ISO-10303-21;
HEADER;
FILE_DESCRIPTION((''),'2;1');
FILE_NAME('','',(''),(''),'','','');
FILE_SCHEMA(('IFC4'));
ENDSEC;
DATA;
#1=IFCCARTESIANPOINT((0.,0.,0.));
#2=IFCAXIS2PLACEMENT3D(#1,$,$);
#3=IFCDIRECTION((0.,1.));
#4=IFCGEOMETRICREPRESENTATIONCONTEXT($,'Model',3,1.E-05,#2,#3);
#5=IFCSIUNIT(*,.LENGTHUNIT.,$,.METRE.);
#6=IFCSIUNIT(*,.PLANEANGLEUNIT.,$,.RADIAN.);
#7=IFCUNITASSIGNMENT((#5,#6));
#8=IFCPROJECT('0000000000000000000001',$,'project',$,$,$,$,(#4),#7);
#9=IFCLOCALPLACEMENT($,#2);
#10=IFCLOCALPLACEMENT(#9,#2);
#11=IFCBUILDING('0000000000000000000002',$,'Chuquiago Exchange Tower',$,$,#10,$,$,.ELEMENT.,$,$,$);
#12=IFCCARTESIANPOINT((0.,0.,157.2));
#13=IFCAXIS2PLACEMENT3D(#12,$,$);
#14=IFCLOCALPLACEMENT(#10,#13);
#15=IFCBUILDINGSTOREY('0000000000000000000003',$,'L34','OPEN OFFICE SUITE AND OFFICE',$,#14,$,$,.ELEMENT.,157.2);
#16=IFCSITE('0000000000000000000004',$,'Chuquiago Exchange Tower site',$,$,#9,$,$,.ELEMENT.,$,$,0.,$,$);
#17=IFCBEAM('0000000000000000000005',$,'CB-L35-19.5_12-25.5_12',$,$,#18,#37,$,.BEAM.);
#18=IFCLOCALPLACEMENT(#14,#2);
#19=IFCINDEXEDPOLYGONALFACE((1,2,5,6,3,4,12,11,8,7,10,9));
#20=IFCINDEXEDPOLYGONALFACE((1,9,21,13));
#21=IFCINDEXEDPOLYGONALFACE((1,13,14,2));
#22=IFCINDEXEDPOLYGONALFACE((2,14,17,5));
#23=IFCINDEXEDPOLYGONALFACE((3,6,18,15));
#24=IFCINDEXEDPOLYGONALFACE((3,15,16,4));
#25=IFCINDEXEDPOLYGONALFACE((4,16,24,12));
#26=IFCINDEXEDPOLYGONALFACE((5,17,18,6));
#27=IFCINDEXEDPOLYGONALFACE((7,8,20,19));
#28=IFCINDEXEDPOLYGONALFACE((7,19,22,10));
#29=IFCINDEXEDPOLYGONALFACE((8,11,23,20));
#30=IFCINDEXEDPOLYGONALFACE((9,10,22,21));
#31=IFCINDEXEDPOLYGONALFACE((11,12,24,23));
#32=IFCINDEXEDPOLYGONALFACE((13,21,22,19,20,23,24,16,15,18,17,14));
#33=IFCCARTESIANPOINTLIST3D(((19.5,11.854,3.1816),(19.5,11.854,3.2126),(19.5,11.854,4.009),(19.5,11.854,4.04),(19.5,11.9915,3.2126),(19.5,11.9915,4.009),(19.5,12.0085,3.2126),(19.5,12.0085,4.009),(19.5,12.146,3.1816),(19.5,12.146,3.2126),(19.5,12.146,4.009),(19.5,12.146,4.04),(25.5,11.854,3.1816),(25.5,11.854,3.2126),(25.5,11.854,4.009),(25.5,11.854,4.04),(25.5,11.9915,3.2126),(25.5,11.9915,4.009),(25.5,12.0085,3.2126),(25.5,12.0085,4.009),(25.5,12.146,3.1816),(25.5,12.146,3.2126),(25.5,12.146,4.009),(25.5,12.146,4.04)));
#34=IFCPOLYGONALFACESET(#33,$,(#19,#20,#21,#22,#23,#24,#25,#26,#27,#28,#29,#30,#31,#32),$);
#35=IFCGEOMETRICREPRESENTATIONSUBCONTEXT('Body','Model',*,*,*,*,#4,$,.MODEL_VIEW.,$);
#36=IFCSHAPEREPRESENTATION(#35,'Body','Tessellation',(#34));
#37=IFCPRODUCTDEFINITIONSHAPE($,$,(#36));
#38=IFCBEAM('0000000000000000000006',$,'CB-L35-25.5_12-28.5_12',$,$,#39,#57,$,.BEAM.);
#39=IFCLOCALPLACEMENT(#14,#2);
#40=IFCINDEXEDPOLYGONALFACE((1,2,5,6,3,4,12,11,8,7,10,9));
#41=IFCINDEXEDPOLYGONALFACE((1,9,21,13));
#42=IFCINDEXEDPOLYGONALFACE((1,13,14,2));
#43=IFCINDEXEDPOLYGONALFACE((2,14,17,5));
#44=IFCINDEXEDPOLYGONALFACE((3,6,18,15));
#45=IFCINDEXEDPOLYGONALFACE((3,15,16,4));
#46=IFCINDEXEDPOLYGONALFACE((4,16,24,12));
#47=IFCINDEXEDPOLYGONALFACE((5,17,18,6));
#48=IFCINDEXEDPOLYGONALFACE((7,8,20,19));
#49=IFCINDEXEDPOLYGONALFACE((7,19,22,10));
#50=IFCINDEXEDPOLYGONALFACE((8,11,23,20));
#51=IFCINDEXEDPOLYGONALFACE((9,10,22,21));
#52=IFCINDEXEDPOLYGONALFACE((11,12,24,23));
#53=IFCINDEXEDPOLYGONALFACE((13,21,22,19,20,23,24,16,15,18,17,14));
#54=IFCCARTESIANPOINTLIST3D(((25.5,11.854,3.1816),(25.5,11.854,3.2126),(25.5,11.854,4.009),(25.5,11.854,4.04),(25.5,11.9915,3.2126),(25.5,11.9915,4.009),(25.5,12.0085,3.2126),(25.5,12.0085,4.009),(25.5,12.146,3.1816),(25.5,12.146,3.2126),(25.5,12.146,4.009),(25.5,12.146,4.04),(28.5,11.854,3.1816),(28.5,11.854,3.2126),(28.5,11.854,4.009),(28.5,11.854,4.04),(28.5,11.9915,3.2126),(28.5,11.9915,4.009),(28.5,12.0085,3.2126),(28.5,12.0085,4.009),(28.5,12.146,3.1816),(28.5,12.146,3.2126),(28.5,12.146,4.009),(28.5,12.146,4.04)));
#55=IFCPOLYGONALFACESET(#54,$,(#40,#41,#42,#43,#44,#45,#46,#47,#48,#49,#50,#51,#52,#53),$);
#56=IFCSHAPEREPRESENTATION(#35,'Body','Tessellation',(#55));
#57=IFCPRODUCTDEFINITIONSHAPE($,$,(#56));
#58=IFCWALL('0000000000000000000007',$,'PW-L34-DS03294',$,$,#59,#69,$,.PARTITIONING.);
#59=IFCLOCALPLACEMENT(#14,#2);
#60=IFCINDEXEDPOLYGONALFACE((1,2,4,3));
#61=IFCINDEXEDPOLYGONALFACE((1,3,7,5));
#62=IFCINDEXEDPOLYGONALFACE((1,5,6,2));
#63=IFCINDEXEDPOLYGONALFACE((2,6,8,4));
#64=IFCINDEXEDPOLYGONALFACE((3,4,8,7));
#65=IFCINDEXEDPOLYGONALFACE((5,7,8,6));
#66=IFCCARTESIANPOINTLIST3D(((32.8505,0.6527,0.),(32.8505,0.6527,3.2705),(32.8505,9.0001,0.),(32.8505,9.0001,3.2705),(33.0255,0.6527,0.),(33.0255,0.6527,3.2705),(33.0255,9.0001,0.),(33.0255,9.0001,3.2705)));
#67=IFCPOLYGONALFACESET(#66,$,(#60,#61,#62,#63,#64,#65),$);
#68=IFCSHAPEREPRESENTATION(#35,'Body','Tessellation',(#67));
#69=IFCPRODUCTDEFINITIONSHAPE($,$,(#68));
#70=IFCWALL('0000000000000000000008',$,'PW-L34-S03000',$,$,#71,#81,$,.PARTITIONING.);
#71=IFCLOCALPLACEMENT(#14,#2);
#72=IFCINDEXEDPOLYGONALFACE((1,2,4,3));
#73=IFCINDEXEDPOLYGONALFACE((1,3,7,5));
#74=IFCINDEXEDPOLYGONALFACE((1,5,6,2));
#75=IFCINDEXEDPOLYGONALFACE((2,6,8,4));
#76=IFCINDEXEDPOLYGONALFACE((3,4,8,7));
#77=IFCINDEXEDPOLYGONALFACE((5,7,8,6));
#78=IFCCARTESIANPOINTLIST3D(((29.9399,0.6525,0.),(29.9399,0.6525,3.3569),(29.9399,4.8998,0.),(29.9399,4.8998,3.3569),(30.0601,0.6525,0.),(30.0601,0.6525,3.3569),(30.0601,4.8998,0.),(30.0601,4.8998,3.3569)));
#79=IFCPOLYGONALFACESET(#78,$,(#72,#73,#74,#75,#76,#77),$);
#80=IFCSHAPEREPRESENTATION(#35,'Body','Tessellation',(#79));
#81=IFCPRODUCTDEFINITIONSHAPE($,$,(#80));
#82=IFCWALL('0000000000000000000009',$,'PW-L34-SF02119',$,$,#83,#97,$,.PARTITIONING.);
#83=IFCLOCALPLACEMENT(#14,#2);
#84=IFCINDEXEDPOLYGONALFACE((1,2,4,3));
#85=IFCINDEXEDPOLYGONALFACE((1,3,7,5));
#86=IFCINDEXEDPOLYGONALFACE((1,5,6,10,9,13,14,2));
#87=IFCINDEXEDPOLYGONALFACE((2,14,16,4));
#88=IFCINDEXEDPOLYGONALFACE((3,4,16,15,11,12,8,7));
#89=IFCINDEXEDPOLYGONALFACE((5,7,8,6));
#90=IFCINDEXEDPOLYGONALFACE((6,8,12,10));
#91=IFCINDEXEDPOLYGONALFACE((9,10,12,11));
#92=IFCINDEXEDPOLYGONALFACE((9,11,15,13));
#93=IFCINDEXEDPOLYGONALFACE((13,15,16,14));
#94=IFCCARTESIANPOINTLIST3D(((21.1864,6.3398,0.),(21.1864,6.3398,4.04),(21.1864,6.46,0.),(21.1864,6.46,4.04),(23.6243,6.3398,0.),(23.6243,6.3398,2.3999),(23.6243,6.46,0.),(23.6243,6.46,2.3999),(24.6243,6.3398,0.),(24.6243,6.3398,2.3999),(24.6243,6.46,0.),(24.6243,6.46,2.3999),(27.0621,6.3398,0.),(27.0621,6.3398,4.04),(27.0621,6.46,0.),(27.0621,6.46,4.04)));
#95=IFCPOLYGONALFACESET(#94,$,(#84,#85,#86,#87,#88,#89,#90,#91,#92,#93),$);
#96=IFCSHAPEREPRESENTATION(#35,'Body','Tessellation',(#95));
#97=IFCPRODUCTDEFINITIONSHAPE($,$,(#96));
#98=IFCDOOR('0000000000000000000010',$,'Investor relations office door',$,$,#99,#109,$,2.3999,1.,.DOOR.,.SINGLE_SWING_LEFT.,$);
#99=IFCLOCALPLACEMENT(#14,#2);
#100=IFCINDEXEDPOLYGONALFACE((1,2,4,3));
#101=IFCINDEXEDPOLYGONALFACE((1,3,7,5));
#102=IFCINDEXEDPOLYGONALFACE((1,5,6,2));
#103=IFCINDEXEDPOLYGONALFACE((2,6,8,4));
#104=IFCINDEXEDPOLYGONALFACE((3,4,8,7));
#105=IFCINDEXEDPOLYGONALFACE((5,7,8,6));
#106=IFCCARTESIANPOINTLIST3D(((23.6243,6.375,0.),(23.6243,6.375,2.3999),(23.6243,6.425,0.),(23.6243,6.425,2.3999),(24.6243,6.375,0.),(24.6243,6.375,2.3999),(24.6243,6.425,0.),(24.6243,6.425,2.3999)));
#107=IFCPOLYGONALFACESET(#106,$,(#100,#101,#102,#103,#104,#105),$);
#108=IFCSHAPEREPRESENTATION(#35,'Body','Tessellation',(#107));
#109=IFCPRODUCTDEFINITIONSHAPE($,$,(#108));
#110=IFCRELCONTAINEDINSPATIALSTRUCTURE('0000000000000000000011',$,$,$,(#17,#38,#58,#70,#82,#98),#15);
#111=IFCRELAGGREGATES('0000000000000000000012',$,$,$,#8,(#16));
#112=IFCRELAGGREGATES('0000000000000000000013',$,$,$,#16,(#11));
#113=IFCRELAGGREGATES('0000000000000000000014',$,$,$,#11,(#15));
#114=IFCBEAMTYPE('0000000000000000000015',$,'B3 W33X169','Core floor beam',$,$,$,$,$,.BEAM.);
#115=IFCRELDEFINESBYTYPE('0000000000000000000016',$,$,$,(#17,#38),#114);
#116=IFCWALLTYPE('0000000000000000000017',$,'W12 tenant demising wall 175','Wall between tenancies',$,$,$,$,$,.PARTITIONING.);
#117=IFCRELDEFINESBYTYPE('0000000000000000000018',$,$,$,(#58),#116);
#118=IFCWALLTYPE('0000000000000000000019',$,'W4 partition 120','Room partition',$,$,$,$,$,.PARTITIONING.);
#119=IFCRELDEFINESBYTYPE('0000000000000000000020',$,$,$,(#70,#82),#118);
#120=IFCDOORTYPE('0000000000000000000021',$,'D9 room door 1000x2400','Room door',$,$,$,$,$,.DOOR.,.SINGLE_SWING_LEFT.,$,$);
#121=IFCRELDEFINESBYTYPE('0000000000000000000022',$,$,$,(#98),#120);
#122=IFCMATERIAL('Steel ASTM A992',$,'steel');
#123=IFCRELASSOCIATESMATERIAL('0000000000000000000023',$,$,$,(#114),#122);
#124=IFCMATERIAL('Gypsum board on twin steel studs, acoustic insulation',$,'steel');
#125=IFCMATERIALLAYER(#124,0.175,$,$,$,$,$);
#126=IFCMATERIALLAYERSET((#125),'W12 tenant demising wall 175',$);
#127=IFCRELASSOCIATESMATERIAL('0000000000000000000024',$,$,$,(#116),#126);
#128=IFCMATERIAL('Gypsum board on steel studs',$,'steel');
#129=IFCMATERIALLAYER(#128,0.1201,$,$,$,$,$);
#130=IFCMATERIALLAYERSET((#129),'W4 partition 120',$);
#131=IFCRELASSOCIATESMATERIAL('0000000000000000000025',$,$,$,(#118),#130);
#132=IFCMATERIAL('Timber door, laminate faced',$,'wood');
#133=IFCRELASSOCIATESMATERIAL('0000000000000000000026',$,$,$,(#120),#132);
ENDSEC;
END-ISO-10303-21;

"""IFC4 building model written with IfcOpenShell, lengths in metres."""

from ifc_helpers import new_model, si_unit, direction, frame, frame_2d, origin, origin_2d, place, context, subcontext, project, spatial, rectangle, i_section, extrude, material, layer, layer_set, material_profile, profile_set, type_object, element, fill, save


model = new_model("IFC4")

# Units and contexts
model_context = context("Model", 3, precision=1e-05, world=origin(), true_north=direction((0.0, 1.0)))
body_context = subcontext(model_context, "Body", "Model", "MODEL_VIEW")
ifc_project = project(units=[si_unit("LENGTHUNIT", "METRE"), si_unit("PLANEANGLEUNIT", "RADIAN")], contexts=[model_context])

# Site, building, storey
site_placement = place(None, origin())
site = spatial("IfcSite", under=ifc_project, at=site_placement, Name="Chuquiago Exchange Tower site", CompositionType="ELEMENT", RefElevation=0.0)
building_placement = place(site_placement, origin())
building = spatial("IfcBuilding", under=site, at=building_placement, Name="Chuquiago Exchange Tower", CompositionType="ELEMENT")
storey_placement = place(building_placement, frame((0.0, 0.0, 157.2)))
storey = spatial("IfcBuildingStorey", under=building, at=storey_placement, Name="L34", Description="OPEN OFFICE SUITE AND OFFICE", CompositionType="ELEMENT", Elevation=157.2)

# Beams
ifc_material_1 = material(Name="Steel ASTM A992", Category="steel")
ifc_material_profile_1 = material_profile(ifc_material_1, i_section(OverallWidth=0.292, OverallDepth=0.8584, WebThickness=0.0171, FlangeThickness=0.031, at=origin_2d()), Name="W33X169")
ifc_profile_set_1 = profile_set([ifc_material_profile_1], Name="Steel ASTM A992")
beam_type_1 = type_object("IfcBeamType", Name="B3 W33X169", Description="Core floor beam", PredefinedType="BEAM", material=ifc_profile_set_1)
beam_1_placement = place(storey_placement, frame((19.5, 12.0, 3.6108), z_axis=(1.0, 0.0, 0.0), x_axis=(0.0, 1.0, 0.0)))
element("IfcBeam", 1, at=beam_1_placement, inside=storey, type_object=beam_type_1, Name="CB-L35-19.5_12-25.5_12", PredefinedType="BEAM", context=body_context, shape_type="SweptSolid", body=[
    extrude(i_section(OverallWidth=0.292, OverallDepth=0.8584, WebThickness=0.0171, FlangeThickness=0.031, at=origin_2d()), origin(), (0.0, 0.0, 1.0), 6.0),
])
beam_2_placement = place(storey_placement, frame((25.5, 12.0, 3.6108), z_axis=(1.0, 0.0, 0.0), x_axis=(0.0, 1.0, 0.0)))
element("IfcBeam", 2, at=beam_2_placement, inside=storey, type_object=beam_type_1, Name="CB-L35-25.5_12-28.5_12", PredefinedType="BEAM", context=body_context, shape_type="SweptSolid", body=[
    extrude(i_section(OverallWidth=0.292, OverallDepth=0.8584, WebThickness=0.0171, FlangeThickness=0.031, at=origin_2d()), origin(), (0.0, 0.0, 1.0), 3.0),
])

# Walls
ifc_material_2 = material(Name="Gypsum board on twin steel studs, acoustic insulation", Category="steel")
ifc_layer_1 = layer(ifc_material_2, 0.175)
ifc_layer_set_1 = layer_set([ifc_layer_1], Name="W12 tenant demising wall 175")
wall_type_1 = type_object("IfcWallType", Name="W12 tenant demising wall 175", Description="Wall between tenancies", PredefinedType="PARTITIONING", material=ifc_layer_set_1)
wall_1_placement = place(storey_placement, frame((32.938, 0.6526, 0.0), z_axis=(0.0, 0.0, 1.0), x_axis=(0.0, 1.0, 0.0)))
element("IfcWall", 3, at=wall_1_placement, inside=storey, type_object=wall_type_1, Name="PW-L34-DS03294", PredefinedType="PARTITIONING", context=body_context, shape_type="SweptSolid", body=[
    extrude(rectangle(XDim=8.3474, YDim=0.175, at=frame_2d((4.1738, 0.0))), origin(), (0.0, 0.0, 1.0), 3.2705),
])
ifc_material_3 = material(Name="Gypsum board on steel studs", Category="steel")
ifc_layer_2 = layer(ifc_material_3, 0.1201)
ifc_layer_set_2 = layer_set([ifc_layer_2], Name="W4 partition 120")
wall_type_2 = type_object("IfcWallType", Name="W4 partition 120", Description="Room partition", PredefinedType="PARTITIONING", material=ifc_layer_set_2)
wall_2_placement = place(storey_placement, frame((30.0, 0.6526, 0.0), z_axis=(0.0, 0.0, 1.0), x_axis=(0.0, 1.0, 0.0)))
element("IfcWall", 4, at=wall_2_placement, inside=storey, type_object=wall_type_2, Name="PW-L34-S03000", PredefinedType="PARTITIONING", context=body_context, shape_type="SweptSolid", body=[
    extrude(rectangle(XDim=4.2473, YDim=0.1201, at=frame_2d((2.1235, 0.0))), origin(), (0.0, 0.0, 1.0), 3.3569),
])

# Wall, opening, door
wall_3_placement = place(storey_placement, frame((21.1863, 6.3999, 0.0), z_axis=(0.0, 0.0, 1.0), x_axis=(1.0, 0.0, 0.0)))
wall_3 = element("IfcWall", 5, at=wall_3_placement, inside=storey, type_object=wall_type_2, Name="PW-L34-SF02119", PredefinedType="PARTITIONING", context=body_context, shape_type="SweptSolid", body=[
    extrude(rectangle(XDim=5.8757, YDim=0.1201, at=frame_2d((2.938, 0.0))), origin(), (0.0, 0.0, 1.0), 4.04),
])
opening_1_placement = place(wall_3_placement, frame((2.438, 0.0, 0.0)))
opening_1 = element("IfcOpeningElement", 6, at=opening_1_placement, cuts=wall_3, PredefinedType="OPENING", context=body_context, shape_type="SweptSolid", body=[
    extrude(rectangle(XDim=1.0, YDim=2.3999, at=frame_2d((0.5, 1.2))), frame((0.0, 0.0701, 0.0), z_axis=(0.0, -1.0, 0.0), x_axis=(1.0, 0.0, 0.0)), (0.0, 0.0, 1.0), 0.1401),
])
ifc_material_4 = material(Name="Timber door, laminate faced", Category="wood")
door_type = type_object("IfcDoorType", Name="D9 room door 1000x2400", Description="Room door", OperationType="SINGLE_SWING_LEFT", PredefinedType="DOOR", material=ifc_material_4)
door_1_placement = place(opening_1_placement, frame((1.0, 0.0, 0.0), z_axis=(0.0, 0.0, 1.0), x_axis=(-1.0, 0.0, 0.0)))
door_1 = element("IfcDoor", 7, at=door_1_placement, inside=storey, type_object=door_type, Name="Investor relations office door", OperationType="SINGLE_SWING_LEFT", OverallHeight=2.3999, OverallWidth=1.0, PredefinedType="DOOR", context=body_context, shape_type="SweptSolid", body=[
    extrude(rectangle(XDim=1.0, YDim=2.3999, at=frame_2d((0.5, 1.2))), frame((0.0, 0.0249, 0.0), z_axis=(0.0, -1.0, 0.0), x_axis=(1.0, 0.0, 0.0)), (0.0, 0.0, 1.0), 0.05),
])
fill(opening_1, door_1)

save(model, "model.ifc")
